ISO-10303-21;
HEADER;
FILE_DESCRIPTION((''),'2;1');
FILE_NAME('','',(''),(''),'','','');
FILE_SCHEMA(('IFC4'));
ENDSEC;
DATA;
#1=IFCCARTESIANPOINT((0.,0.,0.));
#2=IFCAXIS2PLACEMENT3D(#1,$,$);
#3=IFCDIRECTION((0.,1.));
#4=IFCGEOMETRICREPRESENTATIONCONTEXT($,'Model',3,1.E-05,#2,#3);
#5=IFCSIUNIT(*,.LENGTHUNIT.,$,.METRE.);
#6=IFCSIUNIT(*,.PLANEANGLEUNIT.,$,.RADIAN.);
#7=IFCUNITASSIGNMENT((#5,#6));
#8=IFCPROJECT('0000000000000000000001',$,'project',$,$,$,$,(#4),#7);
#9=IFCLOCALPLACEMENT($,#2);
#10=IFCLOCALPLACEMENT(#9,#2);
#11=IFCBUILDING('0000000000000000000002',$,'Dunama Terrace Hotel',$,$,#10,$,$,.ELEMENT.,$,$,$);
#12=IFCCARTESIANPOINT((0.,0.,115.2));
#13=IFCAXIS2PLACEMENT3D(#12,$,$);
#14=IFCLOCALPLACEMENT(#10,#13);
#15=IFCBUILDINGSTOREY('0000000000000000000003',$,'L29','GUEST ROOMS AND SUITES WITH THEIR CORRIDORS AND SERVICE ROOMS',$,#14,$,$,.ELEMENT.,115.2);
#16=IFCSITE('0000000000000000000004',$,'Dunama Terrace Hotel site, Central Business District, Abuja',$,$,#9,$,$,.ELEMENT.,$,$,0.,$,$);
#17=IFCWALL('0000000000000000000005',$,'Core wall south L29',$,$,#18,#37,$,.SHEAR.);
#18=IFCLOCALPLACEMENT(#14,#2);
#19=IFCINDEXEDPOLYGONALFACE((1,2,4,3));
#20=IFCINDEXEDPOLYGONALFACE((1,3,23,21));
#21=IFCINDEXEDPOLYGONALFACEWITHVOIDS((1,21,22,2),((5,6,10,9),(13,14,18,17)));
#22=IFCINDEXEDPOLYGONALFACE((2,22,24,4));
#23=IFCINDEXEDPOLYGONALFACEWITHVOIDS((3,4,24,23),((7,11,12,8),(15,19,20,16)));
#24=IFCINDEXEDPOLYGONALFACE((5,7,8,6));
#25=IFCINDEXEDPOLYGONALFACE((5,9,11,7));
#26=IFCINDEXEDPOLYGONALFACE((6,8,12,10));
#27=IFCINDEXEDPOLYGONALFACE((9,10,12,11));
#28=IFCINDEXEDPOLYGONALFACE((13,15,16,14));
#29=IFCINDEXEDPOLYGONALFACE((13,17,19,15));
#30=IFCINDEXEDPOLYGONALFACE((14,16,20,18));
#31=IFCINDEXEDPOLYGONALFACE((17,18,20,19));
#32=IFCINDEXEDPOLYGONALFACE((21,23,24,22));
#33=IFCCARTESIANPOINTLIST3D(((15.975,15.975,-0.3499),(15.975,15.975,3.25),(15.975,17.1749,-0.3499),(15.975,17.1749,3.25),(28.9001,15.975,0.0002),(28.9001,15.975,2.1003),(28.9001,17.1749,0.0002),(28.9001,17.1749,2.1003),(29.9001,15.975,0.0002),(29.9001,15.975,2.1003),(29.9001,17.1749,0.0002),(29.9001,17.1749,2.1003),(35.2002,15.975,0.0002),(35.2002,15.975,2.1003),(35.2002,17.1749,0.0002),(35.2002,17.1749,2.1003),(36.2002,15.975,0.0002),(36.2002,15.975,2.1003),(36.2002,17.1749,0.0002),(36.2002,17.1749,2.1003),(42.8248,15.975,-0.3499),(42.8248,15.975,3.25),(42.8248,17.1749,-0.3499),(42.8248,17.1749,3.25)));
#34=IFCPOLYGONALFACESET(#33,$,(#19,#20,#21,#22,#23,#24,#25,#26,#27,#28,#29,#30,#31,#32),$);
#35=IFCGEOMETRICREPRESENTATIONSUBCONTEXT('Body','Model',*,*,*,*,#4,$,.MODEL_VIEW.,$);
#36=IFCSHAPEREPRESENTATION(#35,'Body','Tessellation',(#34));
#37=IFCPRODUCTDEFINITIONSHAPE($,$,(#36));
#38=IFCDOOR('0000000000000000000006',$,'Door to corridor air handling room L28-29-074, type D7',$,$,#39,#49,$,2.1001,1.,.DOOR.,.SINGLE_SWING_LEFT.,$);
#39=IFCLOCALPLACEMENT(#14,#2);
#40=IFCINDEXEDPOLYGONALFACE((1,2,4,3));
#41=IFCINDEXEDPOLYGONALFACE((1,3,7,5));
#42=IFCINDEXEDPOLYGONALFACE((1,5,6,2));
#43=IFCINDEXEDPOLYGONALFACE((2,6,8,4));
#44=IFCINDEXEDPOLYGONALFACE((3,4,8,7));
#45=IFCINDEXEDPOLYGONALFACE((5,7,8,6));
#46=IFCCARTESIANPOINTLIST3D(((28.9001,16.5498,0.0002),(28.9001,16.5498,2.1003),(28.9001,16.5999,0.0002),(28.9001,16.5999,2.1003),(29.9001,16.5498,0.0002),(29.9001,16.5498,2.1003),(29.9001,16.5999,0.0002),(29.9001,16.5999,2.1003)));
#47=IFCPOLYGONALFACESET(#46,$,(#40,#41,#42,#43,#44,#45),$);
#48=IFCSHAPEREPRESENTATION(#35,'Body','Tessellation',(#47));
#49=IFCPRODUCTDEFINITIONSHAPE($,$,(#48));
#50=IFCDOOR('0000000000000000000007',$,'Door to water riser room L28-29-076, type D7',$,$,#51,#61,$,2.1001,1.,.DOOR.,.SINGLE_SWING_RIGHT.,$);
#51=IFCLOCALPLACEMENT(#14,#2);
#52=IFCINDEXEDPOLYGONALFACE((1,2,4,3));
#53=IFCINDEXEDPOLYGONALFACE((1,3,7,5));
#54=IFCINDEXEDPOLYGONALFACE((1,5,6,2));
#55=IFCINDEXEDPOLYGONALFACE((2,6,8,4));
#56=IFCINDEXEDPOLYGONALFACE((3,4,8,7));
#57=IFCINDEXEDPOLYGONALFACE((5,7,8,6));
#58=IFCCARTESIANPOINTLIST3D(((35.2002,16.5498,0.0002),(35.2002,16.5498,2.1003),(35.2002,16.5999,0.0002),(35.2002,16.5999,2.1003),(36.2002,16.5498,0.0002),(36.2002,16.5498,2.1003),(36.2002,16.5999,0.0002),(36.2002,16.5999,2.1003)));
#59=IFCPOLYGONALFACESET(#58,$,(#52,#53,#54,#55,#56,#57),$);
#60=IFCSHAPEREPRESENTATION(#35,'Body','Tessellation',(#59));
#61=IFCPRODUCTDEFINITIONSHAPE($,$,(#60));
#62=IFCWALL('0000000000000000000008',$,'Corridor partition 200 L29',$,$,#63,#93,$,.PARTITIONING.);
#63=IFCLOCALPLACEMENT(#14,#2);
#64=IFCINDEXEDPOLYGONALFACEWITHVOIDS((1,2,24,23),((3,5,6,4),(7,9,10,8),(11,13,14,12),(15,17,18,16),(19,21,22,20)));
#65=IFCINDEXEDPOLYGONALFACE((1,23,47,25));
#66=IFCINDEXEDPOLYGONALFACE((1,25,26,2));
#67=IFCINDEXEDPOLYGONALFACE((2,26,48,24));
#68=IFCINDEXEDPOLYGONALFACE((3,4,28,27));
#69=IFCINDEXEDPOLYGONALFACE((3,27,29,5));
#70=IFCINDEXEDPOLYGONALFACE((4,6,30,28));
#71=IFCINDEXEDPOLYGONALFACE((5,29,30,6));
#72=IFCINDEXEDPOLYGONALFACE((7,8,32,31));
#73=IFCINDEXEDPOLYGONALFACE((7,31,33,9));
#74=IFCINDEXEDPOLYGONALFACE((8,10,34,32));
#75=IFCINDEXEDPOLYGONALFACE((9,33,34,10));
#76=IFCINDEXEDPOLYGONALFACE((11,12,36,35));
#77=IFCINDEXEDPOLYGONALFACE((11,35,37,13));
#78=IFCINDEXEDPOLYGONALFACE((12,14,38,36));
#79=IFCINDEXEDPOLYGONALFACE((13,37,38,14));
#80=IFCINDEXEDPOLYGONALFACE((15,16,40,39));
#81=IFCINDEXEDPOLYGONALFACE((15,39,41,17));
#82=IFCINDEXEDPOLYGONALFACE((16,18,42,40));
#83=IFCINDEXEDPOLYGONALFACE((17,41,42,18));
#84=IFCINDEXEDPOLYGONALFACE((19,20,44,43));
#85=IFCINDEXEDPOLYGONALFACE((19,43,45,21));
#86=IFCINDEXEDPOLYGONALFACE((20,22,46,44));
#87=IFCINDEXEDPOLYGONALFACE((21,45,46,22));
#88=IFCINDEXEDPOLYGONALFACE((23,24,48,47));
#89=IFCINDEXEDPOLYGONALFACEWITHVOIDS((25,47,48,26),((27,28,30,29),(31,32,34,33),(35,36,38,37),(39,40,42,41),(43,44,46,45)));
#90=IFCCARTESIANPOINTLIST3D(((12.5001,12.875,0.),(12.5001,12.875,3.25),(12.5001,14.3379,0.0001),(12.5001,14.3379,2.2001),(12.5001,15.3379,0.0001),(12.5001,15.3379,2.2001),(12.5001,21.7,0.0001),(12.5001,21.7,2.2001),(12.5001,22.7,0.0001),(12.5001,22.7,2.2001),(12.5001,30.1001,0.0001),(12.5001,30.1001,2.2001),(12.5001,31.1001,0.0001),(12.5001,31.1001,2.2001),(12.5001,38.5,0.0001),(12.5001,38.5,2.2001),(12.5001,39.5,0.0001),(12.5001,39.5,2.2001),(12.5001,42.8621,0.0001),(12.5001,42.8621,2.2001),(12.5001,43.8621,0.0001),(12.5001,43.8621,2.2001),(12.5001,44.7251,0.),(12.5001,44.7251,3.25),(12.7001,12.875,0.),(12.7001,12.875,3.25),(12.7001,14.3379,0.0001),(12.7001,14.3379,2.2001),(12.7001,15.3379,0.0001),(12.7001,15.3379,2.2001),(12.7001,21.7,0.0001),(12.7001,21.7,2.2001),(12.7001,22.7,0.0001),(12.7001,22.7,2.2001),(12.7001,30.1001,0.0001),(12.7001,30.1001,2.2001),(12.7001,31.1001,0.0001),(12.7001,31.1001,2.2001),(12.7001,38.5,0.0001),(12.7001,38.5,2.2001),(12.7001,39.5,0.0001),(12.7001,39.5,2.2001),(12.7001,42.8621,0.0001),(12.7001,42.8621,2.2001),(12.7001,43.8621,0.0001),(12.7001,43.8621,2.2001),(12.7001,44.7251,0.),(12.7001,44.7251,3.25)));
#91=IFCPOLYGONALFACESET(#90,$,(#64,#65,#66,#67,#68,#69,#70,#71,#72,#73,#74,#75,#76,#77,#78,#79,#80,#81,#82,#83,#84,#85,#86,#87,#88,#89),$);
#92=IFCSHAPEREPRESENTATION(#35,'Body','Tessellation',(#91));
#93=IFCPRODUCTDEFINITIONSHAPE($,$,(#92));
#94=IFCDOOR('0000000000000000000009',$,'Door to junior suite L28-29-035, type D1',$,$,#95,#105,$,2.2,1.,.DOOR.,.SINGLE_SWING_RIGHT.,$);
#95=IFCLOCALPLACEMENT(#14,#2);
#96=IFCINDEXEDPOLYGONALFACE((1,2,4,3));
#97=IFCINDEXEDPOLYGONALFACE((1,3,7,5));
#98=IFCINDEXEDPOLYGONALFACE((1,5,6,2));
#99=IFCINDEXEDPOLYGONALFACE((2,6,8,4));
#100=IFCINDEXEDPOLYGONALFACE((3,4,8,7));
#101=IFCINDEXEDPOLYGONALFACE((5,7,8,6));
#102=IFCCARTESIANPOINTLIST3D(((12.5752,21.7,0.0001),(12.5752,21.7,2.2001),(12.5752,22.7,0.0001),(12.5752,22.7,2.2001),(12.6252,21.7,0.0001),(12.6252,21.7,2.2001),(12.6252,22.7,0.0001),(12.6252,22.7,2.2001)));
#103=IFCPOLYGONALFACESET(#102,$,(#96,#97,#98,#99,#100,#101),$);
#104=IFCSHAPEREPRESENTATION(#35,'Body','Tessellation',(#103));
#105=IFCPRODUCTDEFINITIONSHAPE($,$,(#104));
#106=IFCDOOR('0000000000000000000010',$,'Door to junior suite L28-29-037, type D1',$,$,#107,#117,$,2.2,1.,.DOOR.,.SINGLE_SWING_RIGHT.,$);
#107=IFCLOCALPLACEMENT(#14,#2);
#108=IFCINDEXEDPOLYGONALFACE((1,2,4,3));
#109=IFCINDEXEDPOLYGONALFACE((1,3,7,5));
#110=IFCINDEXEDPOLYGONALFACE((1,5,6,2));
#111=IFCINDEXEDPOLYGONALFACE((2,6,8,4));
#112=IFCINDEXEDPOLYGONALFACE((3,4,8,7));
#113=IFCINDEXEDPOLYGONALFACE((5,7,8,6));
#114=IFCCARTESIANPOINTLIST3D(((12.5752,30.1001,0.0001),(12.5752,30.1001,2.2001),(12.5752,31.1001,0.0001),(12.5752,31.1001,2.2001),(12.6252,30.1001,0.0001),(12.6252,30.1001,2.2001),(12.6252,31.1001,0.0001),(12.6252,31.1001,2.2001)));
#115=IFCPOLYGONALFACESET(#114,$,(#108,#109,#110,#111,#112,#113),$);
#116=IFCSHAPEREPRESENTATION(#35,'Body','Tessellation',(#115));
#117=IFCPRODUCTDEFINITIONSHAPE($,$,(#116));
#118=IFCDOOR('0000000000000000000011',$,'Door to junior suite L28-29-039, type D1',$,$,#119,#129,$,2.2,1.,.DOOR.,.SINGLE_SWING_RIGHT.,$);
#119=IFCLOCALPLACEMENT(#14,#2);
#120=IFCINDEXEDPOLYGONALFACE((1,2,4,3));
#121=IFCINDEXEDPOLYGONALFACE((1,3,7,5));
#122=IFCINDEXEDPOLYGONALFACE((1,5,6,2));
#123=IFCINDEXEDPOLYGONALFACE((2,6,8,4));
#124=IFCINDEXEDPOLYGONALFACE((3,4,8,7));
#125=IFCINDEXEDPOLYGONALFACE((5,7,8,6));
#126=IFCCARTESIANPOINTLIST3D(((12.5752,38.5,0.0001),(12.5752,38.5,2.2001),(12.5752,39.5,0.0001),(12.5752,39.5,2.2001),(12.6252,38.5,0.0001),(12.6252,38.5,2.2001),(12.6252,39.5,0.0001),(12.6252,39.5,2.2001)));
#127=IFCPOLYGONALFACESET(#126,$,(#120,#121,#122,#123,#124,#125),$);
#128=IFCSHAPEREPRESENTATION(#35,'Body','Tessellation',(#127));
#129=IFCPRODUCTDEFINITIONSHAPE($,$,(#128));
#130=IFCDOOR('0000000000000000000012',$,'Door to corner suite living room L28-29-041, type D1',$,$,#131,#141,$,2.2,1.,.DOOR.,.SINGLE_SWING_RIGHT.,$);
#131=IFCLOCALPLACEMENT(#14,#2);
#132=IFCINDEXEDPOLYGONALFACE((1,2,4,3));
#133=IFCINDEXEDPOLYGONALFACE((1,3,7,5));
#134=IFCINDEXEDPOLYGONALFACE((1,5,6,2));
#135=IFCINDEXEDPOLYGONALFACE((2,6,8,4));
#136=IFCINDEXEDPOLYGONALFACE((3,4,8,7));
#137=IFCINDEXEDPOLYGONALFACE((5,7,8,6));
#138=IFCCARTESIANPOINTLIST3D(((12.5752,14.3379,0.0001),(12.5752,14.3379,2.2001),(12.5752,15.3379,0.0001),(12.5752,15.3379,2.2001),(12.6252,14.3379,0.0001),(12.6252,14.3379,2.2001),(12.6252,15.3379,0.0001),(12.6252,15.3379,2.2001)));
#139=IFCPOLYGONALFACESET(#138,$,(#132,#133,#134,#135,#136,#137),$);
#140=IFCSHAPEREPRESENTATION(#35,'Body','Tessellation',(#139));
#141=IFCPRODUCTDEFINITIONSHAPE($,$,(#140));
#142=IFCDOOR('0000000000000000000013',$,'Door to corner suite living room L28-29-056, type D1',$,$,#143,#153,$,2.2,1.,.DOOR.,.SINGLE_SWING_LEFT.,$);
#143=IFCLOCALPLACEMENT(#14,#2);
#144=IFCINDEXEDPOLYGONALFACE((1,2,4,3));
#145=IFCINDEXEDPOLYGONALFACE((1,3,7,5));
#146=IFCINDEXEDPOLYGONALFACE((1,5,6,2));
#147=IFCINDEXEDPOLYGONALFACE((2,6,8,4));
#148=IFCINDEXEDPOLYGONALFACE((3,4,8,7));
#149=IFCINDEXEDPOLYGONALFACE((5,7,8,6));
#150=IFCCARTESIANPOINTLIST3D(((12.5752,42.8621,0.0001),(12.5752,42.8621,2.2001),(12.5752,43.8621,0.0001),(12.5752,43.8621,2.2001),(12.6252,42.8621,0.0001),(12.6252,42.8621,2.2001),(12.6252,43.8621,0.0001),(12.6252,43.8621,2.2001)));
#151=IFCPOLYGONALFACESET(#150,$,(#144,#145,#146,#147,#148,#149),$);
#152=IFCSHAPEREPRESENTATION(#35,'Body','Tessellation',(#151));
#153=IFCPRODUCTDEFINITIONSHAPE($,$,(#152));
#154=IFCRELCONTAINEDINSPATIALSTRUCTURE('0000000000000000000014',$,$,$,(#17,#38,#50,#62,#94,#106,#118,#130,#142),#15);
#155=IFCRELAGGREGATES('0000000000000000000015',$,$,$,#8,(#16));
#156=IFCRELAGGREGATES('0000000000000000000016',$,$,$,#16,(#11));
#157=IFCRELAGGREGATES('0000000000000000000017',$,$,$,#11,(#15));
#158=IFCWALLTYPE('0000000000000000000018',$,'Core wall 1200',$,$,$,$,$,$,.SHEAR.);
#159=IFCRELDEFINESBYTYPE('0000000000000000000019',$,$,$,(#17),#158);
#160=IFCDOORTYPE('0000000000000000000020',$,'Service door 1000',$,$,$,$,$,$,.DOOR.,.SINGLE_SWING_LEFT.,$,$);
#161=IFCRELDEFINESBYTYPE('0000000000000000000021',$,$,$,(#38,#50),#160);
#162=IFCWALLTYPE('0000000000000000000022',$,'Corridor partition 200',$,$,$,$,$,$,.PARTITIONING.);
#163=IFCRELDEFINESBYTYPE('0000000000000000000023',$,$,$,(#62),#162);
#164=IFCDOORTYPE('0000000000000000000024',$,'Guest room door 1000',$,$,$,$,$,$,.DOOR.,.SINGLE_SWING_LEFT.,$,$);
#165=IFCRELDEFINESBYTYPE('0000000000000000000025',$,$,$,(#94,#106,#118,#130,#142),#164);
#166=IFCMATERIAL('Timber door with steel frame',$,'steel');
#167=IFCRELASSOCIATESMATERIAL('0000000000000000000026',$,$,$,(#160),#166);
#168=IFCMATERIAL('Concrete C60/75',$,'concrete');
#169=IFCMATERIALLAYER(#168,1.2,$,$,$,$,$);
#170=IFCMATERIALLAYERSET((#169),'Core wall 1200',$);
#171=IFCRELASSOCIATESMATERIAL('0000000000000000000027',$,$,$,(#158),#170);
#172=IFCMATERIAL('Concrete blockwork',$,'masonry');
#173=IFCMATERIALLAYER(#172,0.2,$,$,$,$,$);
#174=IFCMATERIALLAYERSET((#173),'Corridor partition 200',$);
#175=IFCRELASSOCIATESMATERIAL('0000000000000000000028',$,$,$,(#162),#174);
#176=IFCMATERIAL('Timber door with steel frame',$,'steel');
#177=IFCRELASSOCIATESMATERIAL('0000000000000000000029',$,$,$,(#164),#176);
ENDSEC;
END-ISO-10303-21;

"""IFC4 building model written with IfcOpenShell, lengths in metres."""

from ifc_helpers import new_model, si_unit, direction, frame, frame_2d, origin, place, context, subcontext, project, spatial, rectangle, extrude, material, layer, layer_set, type_object, element, fill, save


model = new_model("IFC4")

# Units and contexts
model_context = context("Model", 3, precision=1e-05, world=origin(), true_north=direction((0.0, 1.0)))
body_context = subcontext(model_context, "Body", "Model", "MODEL_VIEW")
ifc_project = project(units=[si_unit("LENGTHUNIT", "METRE"), si_unit("PLANEANGLEUNIT", "RADIAN")], contexts=[model_context])

# Site, building, storey
site_placement = place(None, origin())
site = spatial("IfcSite", under=ifc_project, at=site_placement, Name="Dunama Terrace Hotel site, Central Business District, Abuja", CompositionType="ELEMENT", RefElevation=0.0)
building_placement = place(site_placement, origin())
building = spatial("IfcBuilding", under=site, at=building_placement, Name="Dunama Terrace Hotel", CompositionType="ELEMENT")
storey_placement = place(building_placement, frame((0.0, 0.0, 115.2)))
storey = spatial("IfcBuildingStorey", under=building, at=storey_placement, Name="L29", Description="GUEST ROOMS AND SUITES WITH THEIR CORRIDORS AND SERVICE ROOMS", CompositionType="ELEMENT", Elevation=115.2)

# Shared definitions
ifc_material_1 = material(Name="Timber door with steel frame", Category="steel")
door_type_1 = type_object("IfcDoorType", Name="Service door 1000", OperationType="SINGLE_SWING_LEFT", PredefinedType="DOOR", material=ifc_material_1)

# Walls, openings, doors
ifc_material_2 = material(Name="Concrete C60/75", Category="concrete")
ifc_layer_1 = layer(ifc_material_2, 1.2)
ifc_layer_set_1 = layer_set([ifc_layer_1], Name="Core wall 1200")
wall_type_1 = type_object("IfcWallType", Name="Core wall 1200", PredefinedType="SHEAR", material=ifc_layer_set_1)
wall_1_placement = place(storey_placement, frame((15.9751, 16.575, -0.3499), z_axis=(0.0, 0.0, 1.0), x_axis=(1.0, 0.0, 0.0)))
wall_1 = element("IfcWall", 1, at=wall_1_placement, inside=storey, type_object=wall_type_1, Name="Core wall south L29", PredefinedType="SHEAR", context=body_context, shape_type="SweptSolid", body=[
    extrude(rectangle(XDim=26.8499, YDim=1.2, at=frame_2d((13.4248, 0.0))), origin(), (0.0, 0.0, 1.0), 3.5999),
])
opening_1_placement = place(wall_1_placement, frame((12.925, 0.0, 0.3501)))
opening_1 = element("IfcOpeningElement", 2, at=opening_1_placement, cuts=wall_1, PredefinedType="OPENING", context=body_context, shape_type="SweptSolid", body=[
    extrude(rectangle(XDim=1.0, YDim=2.1001, at=frame_2d((0.5, 1.05))), frame((0.0, 0.6099, 0.0), z_axis=(0.0, -1.0, 0.0), x_axis=(1.0, 0.0, 0.0)), (0.0, 0.0, 1.0), 1.22),
])
opening_2_placement = place(wall_1_placement, frame((19.2251, 0.0, 0.3501)))
opening_2 = element("IfcOpeningElement", 3, at=opening_2_placement, cuts=wall_1, PredefinedType="OPENING", context=body_context, shape_type="SweptSolid", body=[
    extrude(rectangle(XDim=1.0, YDim=2.1001, at=frame_2d((0.5, 1.05))), frame((0.0, 0.6099, 0.0), z_axis=(0.0, -1.0, 0.0), x_axis=(1.0, 0.0, 0.0)), (0.0, 0.0, 1.0), 1.22),
])
door_1_placement = place(opening_1_placement, origin())
door_1 = element("IfcDoor", 4, at=door_1_placement, inside=storey, type_object=door_type_1, Name="Door to corridor air handling room L28-29-074, type D7", OperationType="SINGLE_SWING_LEFT", OverallHeight=2.1001, OverallWidth=1.0, PredefinedType="DOOR", context=body_context, shape_type="SweptSolid", body=[
    extrude(rectangle(XDim=1.0, YDim=2.1001, at=frame_2d((0.5, 1.05))), frame((0.0, 0.0249, 0.0), z_axis=(0.0, -1.0, 0.0), x_axis=(1.0, 0.0, 0.0)), (0.0, 0.0, 1.0), 0.05),
])
fill(opening_1, door_1)
door_2_placement = place(opening_2_placement, origin())
door_2 = element("IfcDoor", 5, at=door_2_placement, inside=storey, type_object=door_type_1, Name="Door to water riser room L28-29-076, type D7", OperationType="SINGLE_SWING_RIGHT", OverallHeight=2.1001, OverallWidth=1.0, PredefinedType="DOOR", context=body_context, shape_type="SweptSolid", body=[
    extrude(rectangle(XDim=1.0, YDim=2.1001, at=frame_2d((0.5, 1.05))), frame((0.0, 0.0249, 0.0), z_axis=(0.0, -1.0, 0.0), x_axis=(1.0, 0.0, 0.0)), (0.0, 0.0, 1.0), 0.05),
])
fill(opening_2, door_2)
ifc_material_3 = material(Name="Concrete blockwork", Category="masonry")
ifc_layer_2 = layer(ifc_material_3, 0.2)
ifc_layer_set_2 = layer_set([ifc_layer_2], Name="Corridor partition 200")
wall_type_2 = type_object("IfcWallType", Name="Corridor partition 200", PredefinedType="PARTITIONING", material=ifc_layer_set_2)
wall_2_placement = place(storey_placement, frame((12.6001, 12.875, 0.0), z_axis=(0.0, 0.0, 1.0), x_axis=(0.0, 1.0, 0.0)))
wall_2 = element("IfcWall", 6, at=wall_2_placement, inside=storey, type_object=wall_type_2, Name="Corridor partition 200 L29", PredefinedType="PARTITIONING", context=body_context, shape_type="SweptSolid", body=[
    extrude(rectangle(XDim=31.8501, YDim=0.2, at=frame_2d((15.925, 0.0))), origin(), (0.0, 0.0, 1.0), 3.25),
])
opening_3_placement = place(wall_2_placement, frame((8.825, 0.0, 0.0)))
opening_3 = element("IfcOpeningElement", 7, at=opening_3_placement, cuts=wall_2, PredefinedType="OPENING", context=body_context, shape_type="SweptSolid", body=[
    extrude(rectangle(XDim=1.0, YDim=2.2, at=frame_2d((0.5, 1.1001))), frame((0.0, 0.1099, 0.0), z_axis=(0.0, -1.0, 0.0), x_axis=(1.0, 0.0, 0.0)), (0.0, 0.0, 1.0), 0.22),
])
opening_4_placement = place(wall_2_placement, frame((17.2251, 0.0, 0.0)))
opening_4 = element("IfcOpeningElement", 8, at=opening_4_placement, cuts=wall_2, PredefinedType="OPENING", context=body_context, shape_type="SweptSolid", body=[
    extrude(rectangle(XDim=1.0, YDim=2.2, at=frame_2d((0.5, 1.1001))), frame((0.0, 0.1099, 0.0), z_axis=(0.0, -1.0, 0.0), x_axis=(1.0, 0.0, 0.0)), (0.0, 0.0, 1.0), 0.22),
])
opening_5_placement = place(wall_2_placement, frame((25.625, 0.0, 0.0)))
opening_5 = element("IfcOpeningElement", 9, at=opening_5_placement, cuts=wall_2, PredefinedType="OPENING", context=body_context, shape_type="SweptSolid", body=[
    extrude(rectangle(XDim=1.0, YDim=2.2, at=frame_2d((0.5, 1.1001))), frame((0.0, 0.1099, 0.0), z_axis=(0.0, -1.0, 0.0), x_axis=(1.0, 0.0, 0.0)), (0.0, 0.0, 1.0), 0.22),
])
opening_6_placement = place(wall_2_placement, frame((1.4629, 0.0, 0.0)))
opening_6 = element("IfcOpeningElement", 10, at=opening_6_placement, cuts=wall_2, PredefinedType="OPENING", context=body_context, shape_type="SweptSolid", body=[
    extrude(rectangle(XDim=1.0, YDim=2.2, at=frame_2d((0.5, 1.1001))), frame((0.0, 0.1099, 0.0), z_axis=(0.0, -1.0, 0.0), x_axis=(1.0, 0.0, 0.0)), (0.0, 0.0, 1.0), 0.22),
])
opening_7_placement = place(wall_2_placement, frame((29.9871, 0.0, 0.0)))
opening_7 = element("IfcOpeningElement", 11, at=opening_7_placement, cuts=wall_2, PredefinedType="OPENING", context=body_context, shape_type="SweptSolid", body=[
    extrude(rectangle(XDim=1.0, YDim=2.2, at=frame_2d((0.5, 1.1001))), frame((0.0, 0.1099, 0.0), z_axis=(0.0, -1.0, 0.0), x_axis=(1.0, 0.0, 0.0)), (0.0, 0.0, 1.0), 0.22),
])
ifc_material_4 = material(Name="Timber door with steel frame", Category="steel")
door_type_2 = type_object("IfcDoorType", Name="Guest room door 1000", OperationType="SINGLE_SWING_LEFT", PredefinedType="DOOR", material=ifc_material_4)
door_3_placement = place(opening_3_placement, origin())
door_3 = element("IfcDoor", 12, at=door_3_placement, inside=storey, type_object=door_type_2, Name="Door to junior suite L28-29-035, type D1", OperationType="SINGLE_SWING_RIGHT", OverallHeight=2.2, OverallWidth=1.0, PredefinedType="DOOR", context=body_context, shape_type="SweptSolid", body=[
    extrude(rectangle(XDim=1.0, YDim=2.2, at=frame_2d((0.5, 1.1001))), frame((0.0, 0.0249, 0.0), z_axis=(0.0, -1.0, 0.0), x_axis=(1.0, 0.0, 0.0)), (0.0, 0.0, 1.0), 0.05),
])
fill(opening_3, door_3)
door_4_placement = place(opening_4_placement, origin())
door_4 = element("IfcDoor", 13, at=door_4_placement, inside=storey, type_object=door_type_2, Name="Door to junior suite L28-29-037, type D1", OperationType="SINGLE_SWING_RIGHT", OverallHeight=2.2, OverallWidth=1.0, PredefinedType="DOOR", context=body_context, shape_type="SweptSolid", body=[
    extrude(rectangle(XDim=1.0, YDim=2.2, at=frame_2d((0.5, 1.1001))), frame((0.0, 0.0249, 0.0), z_axis=(0.0, -1.0, 0.0), x_axis=(1.0, 0.0, 0.0)), (0.0, 0.0, 1.0), 0.05),
])
fill(opening_4, door_4)
door_5_placement = place(opening_5_placement, origin())
door_5 = element("IfcDoor", 14, at=door_5_placement, inside=storey, type_object=door_type_2, Name="Door to junior suite L28-29-039, type D1", OperationType="SINGLE_SWING_RIGHT", OverallHeight=2.2, OverallWidth=1.0, PredefinedType="DOOR", context=body_context, shape_type="SweptSolid", body=[
    extrude(rectangle(XDim=1.0, YDim=2.2, at=frame_2d((0.5, 1.1001))), frame((0.0, 0.0249, 0.0), z_axis=(0.0, -1.0, 0.0), x_axis=(1.0, 0.0, 0.0)), (0.0, 0.0, 1.0), 0.05),
])
fill(opening_5, door_5)
door_6_placement = place(opening_6_placement, origin())
door_6 = element("IfcDoor", 15, at=door_6_placement, inside=storey, type_object=door_type_2, Name="Door to corner suite living room L28-29-041, type D1", OperationType="SINGLE_SWING_RIGHT", OverallHeight=2.2, OverallWidth=1.0, PredefinedType="DOOR", context=body_context, shape_type="SweptSolid", body=[
    extrude(rectangle(XDim=1.0, YDim=2.2, at=frame_2d((0.5, 1.1001))), frame((0.0, 0.0249, 0.0), z_axis=(0.0, -1.0, 0.0), x_axis=(1.0, 0.0, 0.0)), (0.0, 0.0, 1.0), 0.05),
])
fill(opening_6, door_6)
door_7_placement = place(opening_7_placement, origin())
door_7 = element("IfcDoor", 16, at=door_7_placement, inside=storey, type_object=door_type_2, Name="Door to corner suite living room L28-29-056, type D1", OperationType="SINGLE_SWING_LEFT", OverallHeight=2.2, OverallWidth=1.0, PredefinedType="DOOR", context=body_context, shape_type="SweptSolid", body=[
    extrude(rectangle(XDim=1.0, YDim=2.2, at=frame_2d((0.5, 1.1001))), frame((0.0, 0.0249, 0.0), z_axis=(0.0, -1.0, 0.0), x_axis=(1.0, 0.0, 0.0)), (0.0, 0.0, 1.0), 0.05),
])
fill(opening_7, door_7)

save(model, "model.ifc")
